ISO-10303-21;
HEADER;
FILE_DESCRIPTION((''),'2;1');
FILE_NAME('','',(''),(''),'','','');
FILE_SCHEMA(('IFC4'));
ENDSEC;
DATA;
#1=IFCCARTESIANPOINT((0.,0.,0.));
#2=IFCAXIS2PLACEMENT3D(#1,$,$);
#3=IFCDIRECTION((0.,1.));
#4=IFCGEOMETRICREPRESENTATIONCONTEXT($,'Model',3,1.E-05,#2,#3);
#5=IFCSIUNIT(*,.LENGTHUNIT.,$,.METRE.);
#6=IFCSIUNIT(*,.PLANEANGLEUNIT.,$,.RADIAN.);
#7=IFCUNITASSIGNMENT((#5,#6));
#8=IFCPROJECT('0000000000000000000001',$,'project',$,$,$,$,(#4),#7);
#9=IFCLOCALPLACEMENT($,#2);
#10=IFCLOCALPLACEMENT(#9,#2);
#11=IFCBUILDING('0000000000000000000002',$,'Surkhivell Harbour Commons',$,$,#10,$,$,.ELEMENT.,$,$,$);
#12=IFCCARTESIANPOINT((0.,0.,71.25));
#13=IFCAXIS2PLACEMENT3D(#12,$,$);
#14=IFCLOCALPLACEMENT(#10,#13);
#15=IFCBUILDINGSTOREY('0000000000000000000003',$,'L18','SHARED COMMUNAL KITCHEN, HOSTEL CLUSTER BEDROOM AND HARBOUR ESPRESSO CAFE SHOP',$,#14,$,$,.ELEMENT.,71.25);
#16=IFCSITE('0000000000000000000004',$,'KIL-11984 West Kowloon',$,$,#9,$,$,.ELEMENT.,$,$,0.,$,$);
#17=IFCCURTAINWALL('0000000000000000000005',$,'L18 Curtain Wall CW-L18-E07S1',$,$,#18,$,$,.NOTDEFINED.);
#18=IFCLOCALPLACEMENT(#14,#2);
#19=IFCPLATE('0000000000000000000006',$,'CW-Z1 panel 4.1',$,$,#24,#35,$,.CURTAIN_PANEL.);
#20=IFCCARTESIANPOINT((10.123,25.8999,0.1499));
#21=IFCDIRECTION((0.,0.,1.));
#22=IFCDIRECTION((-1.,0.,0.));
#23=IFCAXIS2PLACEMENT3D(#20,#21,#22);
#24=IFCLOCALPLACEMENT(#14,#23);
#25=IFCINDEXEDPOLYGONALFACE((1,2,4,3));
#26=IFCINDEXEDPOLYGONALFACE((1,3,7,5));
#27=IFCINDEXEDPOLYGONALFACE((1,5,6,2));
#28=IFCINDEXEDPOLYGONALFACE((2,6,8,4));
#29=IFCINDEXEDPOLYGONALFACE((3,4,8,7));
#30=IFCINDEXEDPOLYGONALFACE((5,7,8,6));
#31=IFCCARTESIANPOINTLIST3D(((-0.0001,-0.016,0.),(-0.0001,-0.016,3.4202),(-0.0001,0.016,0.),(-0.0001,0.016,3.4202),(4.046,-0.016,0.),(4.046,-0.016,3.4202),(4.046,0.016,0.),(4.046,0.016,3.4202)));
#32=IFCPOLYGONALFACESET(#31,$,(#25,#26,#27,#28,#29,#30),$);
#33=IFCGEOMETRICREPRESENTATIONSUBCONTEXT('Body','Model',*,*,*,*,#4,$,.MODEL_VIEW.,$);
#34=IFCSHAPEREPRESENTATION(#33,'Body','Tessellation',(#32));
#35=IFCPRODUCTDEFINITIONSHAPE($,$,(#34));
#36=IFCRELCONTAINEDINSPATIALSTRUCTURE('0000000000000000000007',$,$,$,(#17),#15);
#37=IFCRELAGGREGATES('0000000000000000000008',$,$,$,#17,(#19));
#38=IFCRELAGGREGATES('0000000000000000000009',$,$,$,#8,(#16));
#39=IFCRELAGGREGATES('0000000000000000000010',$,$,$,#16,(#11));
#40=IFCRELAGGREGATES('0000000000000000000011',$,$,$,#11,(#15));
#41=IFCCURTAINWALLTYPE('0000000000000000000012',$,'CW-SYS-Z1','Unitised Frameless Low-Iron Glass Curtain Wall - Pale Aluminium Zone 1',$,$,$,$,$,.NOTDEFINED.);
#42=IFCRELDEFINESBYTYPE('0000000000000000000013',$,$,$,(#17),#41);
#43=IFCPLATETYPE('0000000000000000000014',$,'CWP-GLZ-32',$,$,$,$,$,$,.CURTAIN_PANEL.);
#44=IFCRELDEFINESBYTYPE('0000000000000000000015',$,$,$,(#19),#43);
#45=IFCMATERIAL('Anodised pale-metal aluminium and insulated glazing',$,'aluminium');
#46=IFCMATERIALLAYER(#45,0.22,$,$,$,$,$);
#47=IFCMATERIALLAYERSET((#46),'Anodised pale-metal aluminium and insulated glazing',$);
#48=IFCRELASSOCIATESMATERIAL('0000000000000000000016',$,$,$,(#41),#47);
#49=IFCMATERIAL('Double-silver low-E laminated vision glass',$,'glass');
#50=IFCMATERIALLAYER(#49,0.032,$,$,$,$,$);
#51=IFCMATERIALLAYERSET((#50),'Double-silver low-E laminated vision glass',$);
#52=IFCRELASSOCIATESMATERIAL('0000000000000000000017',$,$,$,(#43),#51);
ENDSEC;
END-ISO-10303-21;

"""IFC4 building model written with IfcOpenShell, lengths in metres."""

from ifc_helpers import new_model, si_unit, direction, frame, frame_2d, origin, place, context, subcontext, project, spatial, rectangle, extrude, material, layer, layer_set, type_object, element, aggregate, save


model = new_model("IFC4")

# Units and contexts
model_context = context("Model", 3, precision=1e-05, world=origin(), true_north=direction((0.0, 1.0)))
body_context = subcontext(model_context, "Body", "Model", "MODEL_VIEW")
ifc_project = project(units=[si_unit("LENGTHUNIT", "METRE"), si_unit("PLANEANGLEUNIT", "RADIAN")], contexts=[model_context])

# Site, building, storey
site_placement = place(None, origin())
site = spatial("IfcSite", under=ifc_project, at=site_placement, Name="KIL-11984 West Kowloon", CompositionType="ELEMENT", RefElevation=0.0)
building_placement = place(site_placement, origin())
building = spatial("IfcBuilding", under=site, at=building_placement, Name="Surkhivell Harbour Commons", CompositionType="ELEMENT")
storey_placement = place(building_placement, frame((0.0, 0.0, 71.25)))
storey = spatial("IfcBuildingStorey", under=building, at=storey_placement, Name="L18", Description="SHARED COMMUNAL KITCHEN, HOSTEL CLUSTER BEDROOM AND HARBOUR ESPRESSO CAFE SHOP", CompositionType="ELEMENT", Elevation=71.25)

# Curtain wall
ifc_material_1 = material(Name="Anodised pale-metal aluminium and insulated glazing", Category="aluminium")
ifc_layer_1 = layer(ifc_material_1, 0.22)
ifc_layer_set_1 = layer_set([ifc_layer_1], Name="Anodised pale-metal aluminium and insulated glazing")
curtain_wall_type = type_object("IfcCurtainWallType", Name="CW-SYS-Z1", Description="Unitised Frameless Low-Iron Glass Curtain Wall - Pale Aluminium Zone 1", PredefinedType="NOTDEFINED", material=ifc_layer_set_1)
curtain_wall_placement = place(storey_placement, origin())
curtain_wall = element("IfcCurtainWall", 1, at=curtain_wall_placement, inside=storey, type_object=curtain_wall_type, Name="L18 Curtain Wall CW-L18-E07S1", PredefinedType="NOTDEFINED")

# Plate
ifc_material_2 = material(Name="Double-silver low-E laminated vision glass", Category="glass")
ifc_layer_2 = layer(ifc_material_2, 0.032)
ifc_layer_set_2 = layer_set([ifc_layer_2], Name="Double-silver low-E laminated vision glass")
plate_type_1 = type_object("IfcPlateType", Name="CWP-GLZ-32", PredefinedType="CURTAIN_PANEL", material=ifc_layer_set_2)
plate_placement = place(storey_placement, frame((10.123, 25.8999, 0.1499), z_axis=(0.0, 0.0, 1.0), x_axis=(-1.0, 0.0, 0.0)))
plate = element("IfcPlate", 2, at=plate_placement, type_object=plate_type_1, Name="CW-Z1 panel 4.1", PredefinedType="CURTAIN_PANEL", context=body_context, shape_type="SweptSolid", body=[
    extrude(rectangle(XDim=4.0461, YDim=0.032, at=frame_2d((2.0229, 0.0))), origin(), (0.0, 0.0, 1.0), 3.4202),
])
aggregate(curtain_wall, [plate])

save(model, "model.ifc")
